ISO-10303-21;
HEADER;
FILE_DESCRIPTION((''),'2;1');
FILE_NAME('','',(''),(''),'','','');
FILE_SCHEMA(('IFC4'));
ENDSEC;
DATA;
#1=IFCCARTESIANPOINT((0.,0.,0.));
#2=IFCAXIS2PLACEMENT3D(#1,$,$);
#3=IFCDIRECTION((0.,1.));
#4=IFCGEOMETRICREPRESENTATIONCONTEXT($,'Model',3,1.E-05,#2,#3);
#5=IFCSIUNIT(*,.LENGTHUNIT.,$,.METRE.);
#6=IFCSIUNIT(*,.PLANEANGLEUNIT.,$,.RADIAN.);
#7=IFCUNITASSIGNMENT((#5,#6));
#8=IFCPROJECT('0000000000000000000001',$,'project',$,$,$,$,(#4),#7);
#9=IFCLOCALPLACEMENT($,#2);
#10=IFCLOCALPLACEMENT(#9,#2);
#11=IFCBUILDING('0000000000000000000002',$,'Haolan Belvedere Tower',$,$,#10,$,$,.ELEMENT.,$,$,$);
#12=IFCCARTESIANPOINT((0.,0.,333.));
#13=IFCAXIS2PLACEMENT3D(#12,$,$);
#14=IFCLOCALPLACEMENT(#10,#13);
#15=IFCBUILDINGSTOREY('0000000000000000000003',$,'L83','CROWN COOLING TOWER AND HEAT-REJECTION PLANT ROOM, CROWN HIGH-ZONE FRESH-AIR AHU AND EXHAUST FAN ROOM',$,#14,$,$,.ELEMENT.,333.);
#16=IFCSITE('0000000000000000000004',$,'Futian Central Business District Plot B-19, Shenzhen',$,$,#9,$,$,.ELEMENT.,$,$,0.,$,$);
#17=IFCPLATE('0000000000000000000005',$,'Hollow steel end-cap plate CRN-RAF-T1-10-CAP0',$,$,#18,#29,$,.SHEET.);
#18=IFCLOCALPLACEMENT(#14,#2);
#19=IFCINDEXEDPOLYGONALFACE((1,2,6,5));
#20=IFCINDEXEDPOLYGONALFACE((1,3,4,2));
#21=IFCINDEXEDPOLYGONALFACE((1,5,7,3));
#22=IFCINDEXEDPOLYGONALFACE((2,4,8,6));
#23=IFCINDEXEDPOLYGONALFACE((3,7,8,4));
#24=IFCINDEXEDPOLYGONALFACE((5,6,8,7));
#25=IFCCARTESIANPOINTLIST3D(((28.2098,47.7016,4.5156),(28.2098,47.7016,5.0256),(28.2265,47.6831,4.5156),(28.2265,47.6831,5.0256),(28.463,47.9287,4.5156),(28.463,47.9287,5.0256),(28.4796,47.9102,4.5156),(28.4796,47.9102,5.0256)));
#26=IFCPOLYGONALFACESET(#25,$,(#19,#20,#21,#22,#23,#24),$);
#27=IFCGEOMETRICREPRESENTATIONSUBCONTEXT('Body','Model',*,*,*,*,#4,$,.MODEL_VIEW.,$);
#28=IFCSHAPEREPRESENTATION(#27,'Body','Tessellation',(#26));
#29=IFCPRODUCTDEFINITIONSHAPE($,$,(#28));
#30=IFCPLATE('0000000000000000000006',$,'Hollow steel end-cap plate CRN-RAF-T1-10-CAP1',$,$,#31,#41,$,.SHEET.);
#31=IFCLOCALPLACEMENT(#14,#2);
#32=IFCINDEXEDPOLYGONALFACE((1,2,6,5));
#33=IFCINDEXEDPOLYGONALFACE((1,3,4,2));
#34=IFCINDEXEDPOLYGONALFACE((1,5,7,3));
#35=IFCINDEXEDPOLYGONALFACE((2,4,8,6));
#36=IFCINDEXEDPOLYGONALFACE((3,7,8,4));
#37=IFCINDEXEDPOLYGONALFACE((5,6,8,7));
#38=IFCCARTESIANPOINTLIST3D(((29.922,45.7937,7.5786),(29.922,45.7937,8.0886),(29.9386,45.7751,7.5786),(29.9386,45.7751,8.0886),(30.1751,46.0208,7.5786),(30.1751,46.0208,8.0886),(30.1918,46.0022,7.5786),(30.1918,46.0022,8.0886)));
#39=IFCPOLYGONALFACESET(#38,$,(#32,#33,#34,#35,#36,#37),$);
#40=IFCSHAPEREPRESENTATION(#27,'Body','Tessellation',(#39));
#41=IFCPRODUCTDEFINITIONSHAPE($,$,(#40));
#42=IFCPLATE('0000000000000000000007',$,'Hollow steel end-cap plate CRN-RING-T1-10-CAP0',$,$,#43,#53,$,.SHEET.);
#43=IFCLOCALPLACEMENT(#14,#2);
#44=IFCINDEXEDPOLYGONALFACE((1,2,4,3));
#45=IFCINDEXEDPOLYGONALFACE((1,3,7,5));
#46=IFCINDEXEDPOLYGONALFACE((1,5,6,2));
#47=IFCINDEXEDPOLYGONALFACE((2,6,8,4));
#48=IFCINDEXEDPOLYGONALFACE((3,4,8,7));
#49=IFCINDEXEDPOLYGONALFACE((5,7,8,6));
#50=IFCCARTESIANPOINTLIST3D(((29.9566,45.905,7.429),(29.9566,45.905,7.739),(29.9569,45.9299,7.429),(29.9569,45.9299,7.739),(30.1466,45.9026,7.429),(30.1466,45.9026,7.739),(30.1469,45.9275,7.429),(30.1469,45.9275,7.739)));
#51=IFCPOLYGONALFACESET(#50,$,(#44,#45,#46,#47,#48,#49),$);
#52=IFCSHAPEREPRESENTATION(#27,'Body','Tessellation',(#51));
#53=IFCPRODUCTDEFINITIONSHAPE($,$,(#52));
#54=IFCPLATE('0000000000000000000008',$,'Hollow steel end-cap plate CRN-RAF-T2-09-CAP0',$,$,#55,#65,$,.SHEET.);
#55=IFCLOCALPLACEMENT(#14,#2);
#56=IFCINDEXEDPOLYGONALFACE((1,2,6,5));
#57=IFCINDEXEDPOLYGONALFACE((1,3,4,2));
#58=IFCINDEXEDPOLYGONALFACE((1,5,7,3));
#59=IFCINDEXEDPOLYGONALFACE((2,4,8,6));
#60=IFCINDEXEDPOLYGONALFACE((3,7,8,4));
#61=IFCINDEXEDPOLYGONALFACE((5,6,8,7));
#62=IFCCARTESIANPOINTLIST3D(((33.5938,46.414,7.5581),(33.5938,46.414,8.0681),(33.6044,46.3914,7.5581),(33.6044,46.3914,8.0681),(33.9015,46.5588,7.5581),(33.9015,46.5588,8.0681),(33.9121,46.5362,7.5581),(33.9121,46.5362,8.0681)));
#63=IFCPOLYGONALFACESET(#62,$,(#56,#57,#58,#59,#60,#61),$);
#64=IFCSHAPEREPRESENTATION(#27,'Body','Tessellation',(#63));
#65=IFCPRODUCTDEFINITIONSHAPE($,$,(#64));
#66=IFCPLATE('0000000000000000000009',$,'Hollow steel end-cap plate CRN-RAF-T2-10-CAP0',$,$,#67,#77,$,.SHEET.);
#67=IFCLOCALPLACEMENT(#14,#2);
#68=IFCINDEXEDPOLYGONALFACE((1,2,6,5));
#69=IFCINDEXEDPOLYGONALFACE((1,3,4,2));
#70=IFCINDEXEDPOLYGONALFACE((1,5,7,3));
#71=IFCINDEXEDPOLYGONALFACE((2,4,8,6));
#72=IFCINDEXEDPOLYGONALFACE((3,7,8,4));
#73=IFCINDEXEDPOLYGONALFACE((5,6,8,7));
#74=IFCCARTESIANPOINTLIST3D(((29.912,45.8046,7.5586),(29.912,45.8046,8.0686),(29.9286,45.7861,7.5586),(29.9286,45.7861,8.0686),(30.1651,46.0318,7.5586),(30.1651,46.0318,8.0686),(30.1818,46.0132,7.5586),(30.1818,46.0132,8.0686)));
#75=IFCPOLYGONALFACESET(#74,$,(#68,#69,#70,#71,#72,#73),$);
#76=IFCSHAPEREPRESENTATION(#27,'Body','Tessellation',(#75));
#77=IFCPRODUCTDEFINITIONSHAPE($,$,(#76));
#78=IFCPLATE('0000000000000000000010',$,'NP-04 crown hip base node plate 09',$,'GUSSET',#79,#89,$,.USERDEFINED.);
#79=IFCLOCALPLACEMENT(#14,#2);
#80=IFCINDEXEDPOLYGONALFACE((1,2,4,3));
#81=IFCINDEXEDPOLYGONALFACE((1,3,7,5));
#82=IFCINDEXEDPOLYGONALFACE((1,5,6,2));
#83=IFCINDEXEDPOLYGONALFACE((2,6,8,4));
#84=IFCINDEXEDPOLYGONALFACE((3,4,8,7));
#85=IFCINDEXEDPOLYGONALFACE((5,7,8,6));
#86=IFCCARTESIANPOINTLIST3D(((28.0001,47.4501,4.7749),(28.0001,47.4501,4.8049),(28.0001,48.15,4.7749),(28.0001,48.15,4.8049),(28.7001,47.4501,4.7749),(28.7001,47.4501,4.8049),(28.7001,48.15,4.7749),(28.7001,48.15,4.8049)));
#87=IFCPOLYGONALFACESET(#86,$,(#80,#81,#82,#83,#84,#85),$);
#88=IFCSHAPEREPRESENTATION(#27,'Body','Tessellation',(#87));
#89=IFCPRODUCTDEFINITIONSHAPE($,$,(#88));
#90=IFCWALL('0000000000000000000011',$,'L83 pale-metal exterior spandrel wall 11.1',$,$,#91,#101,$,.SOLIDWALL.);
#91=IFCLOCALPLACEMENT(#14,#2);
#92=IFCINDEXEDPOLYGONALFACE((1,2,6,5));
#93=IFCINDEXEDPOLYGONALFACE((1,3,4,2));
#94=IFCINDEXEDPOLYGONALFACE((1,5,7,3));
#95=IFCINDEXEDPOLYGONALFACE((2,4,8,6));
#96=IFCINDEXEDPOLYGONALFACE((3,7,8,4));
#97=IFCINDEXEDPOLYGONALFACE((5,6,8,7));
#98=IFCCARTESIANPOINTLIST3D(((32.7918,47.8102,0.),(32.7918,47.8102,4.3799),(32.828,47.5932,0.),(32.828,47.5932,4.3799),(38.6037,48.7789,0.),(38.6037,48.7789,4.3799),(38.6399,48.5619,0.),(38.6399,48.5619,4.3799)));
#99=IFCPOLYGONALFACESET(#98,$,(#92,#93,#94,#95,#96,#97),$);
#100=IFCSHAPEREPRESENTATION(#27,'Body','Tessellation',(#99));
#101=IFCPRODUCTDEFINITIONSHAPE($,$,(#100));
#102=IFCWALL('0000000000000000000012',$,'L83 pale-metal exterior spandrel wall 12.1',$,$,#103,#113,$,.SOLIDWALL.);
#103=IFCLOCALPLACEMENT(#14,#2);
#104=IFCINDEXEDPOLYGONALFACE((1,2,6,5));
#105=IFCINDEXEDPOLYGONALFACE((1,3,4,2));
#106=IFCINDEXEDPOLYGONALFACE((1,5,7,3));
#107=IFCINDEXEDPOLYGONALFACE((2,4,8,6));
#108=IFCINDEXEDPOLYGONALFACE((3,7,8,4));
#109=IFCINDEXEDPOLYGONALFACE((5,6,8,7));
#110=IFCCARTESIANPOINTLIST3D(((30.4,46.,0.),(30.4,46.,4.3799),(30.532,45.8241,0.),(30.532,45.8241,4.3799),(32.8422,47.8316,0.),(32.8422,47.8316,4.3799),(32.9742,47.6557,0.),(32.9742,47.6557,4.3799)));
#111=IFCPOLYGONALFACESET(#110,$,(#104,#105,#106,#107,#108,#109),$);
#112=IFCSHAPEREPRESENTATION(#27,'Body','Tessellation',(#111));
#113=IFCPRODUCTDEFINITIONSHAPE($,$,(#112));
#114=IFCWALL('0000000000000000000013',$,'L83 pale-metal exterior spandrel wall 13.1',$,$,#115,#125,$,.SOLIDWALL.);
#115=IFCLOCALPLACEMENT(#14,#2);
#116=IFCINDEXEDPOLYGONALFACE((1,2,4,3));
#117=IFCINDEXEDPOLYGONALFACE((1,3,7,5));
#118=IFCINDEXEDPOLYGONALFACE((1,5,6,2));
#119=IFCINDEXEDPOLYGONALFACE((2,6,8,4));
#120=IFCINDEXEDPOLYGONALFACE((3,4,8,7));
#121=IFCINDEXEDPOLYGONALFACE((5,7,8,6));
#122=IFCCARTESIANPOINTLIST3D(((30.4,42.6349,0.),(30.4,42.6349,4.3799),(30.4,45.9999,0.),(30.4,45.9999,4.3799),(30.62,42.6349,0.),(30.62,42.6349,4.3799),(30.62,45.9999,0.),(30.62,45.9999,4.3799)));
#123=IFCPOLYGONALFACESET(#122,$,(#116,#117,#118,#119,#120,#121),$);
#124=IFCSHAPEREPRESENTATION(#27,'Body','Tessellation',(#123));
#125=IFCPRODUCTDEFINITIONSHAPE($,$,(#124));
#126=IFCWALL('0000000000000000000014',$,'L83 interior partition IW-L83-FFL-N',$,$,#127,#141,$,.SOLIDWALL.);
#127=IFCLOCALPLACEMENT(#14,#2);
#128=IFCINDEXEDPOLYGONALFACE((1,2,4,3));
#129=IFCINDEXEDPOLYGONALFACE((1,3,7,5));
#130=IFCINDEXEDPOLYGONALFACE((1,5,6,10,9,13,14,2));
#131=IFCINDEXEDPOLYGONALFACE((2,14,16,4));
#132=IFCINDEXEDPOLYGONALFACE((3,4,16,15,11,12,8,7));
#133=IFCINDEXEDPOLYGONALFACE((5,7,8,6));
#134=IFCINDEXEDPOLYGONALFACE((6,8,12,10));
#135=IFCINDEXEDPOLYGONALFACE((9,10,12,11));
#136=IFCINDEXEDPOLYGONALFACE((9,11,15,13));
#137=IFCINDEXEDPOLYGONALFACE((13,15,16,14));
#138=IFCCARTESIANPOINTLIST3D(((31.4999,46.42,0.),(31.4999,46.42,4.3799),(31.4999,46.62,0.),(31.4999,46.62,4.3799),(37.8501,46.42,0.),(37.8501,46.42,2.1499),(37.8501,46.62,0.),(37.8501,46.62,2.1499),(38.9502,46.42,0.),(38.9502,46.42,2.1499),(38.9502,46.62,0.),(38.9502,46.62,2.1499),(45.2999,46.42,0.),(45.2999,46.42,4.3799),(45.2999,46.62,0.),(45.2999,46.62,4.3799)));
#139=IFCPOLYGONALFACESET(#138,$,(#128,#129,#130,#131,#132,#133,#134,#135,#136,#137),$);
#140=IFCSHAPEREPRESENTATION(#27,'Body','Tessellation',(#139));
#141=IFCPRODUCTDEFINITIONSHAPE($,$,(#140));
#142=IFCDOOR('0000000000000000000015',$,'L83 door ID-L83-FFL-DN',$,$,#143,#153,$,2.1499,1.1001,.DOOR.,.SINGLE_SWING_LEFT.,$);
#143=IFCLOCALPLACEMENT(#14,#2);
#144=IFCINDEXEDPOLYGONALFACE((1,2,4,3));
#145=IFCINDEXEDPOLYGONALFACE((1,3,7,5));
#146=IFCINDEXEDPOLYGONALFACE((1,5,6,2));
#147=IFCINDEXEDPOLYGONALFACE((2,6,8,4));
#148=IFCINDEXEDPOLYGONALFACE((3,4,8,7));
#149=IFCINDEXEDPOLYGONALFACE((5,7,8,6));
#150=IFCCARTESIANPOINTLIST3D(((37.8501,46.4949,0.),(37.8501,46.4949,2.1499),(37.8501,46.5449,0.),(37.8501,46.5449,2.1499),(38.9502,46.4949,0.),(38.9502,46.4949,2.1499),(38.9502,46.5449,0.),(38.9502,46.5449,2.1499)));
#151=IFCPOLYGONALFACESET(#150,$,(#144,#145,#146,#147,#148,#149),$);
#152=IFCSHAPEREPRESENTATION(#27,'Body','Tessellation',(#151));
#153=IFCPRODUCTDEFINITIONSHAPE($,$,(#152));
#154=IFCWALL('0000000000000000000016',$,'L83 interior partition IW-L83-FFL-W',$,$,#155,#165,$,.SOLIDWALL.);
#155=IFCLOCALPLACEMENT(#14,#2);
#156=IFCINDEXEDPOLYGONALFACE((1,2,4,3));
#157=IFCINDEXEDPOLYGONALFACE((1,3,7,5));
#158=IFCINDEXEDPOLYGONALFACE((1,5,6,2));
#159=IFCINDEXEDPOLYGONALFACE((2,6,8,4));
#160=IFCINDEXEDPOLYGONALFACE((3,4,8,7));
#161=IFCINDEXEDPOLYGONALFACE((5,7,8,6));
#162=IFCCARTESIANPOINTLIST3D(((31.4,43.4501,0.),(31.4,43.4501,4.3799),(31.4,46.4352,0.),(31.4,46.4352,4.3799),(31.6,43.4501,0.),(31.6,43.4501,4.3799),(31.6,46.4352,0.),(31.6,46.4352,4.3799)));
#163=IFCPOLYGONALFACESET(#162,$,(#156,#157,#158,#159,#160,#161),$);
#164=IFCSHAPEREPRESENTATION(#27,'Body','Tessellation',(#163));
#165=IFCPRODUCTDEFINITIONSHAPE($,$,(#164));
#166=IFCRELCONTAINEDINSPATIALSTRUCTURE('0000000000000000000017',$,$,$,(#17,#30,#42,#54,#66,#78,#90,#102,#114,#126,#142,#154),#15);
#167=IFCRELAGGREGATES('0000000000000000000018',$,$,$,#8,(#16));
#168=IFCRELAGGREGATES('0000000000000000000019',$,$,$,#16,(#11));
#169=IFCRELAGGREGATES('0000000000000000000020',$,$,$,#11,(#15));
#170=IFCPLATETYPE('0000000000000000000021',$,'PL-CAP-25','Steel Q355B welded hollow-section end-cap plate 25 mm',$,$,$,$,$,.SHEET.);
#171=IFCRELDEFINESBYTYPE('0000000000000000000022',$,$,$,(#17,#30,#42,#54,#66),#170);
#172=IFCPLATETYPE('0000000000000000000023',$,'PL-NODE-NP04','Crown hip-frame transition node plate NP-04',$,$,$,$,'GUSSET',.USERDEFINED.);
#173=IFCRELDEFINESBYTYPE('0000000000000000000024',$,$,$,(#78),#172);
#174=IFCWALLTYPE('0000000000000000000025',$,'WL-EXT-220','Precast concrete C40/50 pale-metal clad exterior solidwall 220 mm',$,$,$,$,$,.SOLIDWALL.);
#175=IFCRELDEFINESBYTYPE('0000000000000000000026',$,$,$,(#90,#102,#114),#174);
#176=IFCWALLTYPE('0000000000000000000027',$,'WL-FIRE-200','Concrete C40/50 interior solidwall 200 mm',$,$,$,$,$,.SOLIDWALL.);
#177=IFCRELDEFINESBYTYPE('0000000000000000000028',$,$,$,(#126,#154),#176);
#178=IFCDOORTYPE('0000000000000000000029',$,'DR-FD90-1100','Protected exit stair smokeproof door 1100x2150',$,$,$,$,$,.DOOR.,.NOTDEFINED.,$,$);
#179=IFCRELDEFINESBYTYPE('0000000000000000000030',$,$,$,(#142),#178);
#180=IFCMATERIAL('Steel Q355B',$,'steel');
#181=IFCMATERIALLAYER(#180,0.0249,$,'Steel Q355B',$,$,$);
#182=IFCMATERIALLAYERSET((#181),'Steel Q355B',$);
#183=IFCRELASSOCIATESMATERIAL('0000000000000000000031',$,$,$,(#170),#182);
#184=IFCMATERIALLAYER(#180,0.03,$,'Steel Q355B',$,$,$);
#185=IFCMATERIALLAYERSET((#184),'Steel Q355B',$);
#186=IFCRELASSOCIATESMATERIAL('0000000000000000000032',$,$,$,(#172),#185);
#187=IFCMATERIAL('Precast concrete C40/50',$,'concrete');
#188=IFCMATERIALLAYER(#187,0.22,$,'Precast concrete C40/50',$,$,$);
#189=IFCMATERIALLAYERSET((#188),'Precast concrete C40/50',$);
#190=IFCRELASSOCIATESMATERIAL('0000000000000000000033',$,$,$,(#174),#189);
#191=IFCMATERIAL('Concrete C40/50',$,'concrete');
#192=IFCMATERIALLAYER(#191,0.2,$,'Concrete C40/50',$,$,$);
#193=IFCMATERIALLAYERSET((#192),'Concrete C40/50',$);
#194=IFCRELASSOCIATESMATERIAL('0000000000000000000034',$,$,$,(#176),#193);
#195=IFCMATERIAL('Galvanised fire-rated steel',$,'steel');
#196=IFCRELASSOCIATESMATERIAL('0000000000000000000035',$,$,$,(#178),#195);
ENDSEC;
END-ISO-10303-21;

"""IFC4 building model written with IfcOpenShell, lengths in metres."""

from ifc_helpers import new_model, si_unit, direction, frame, frame_2d, origin, origin_2d, place, context, subcontext, project, spatial, rectangle, extrude, material, layer, layer_set, type_object, element, fill, save


model = new_model("IFC4")

# Units and contexts
model_context = context("Model", 3, precision=1e-05, world=origin(), true_north=direction((0.0, 1.0)))
body_context = subcontext(model_context, "Body", "Model", "MODEL_VIEW")
ifc_project = project(units=[si_unit("LENGTHUNIT", "METRE"), si_unit("PLANEANGLEUNIT", "RADIAN")], contexts=[model_context])

# Site, building, storey
site_placement = place(None, origin())
site = spatial("IfcSite", under=ifc_project, at=site_placement, Name="Futian Central Business District Plot B-19, Shenzhen", CompositionType="ELEMENT", RefElevation=0.0)
building_placement = place(site_placement, origin())
building = spatial("IfcBuilding", under=site, at=building_placement, Name="Haolan Belvedere Tower", CompositionType="ELEMENT")
storey_placement = place(building_placement, frame((0.0, 0.0, 333.0)))
storey = spatial("IfcBuildingStorey", under=building, at=storey_placement, Name="L83", Description="CROWN COOLING TOWER AND HEAT-REJECTION PLANT ROOM, CROWN HIGH-ZONE FRESH-AIR AHU AND EXHAUST FAN ROOM", CompositionType="ELEMENT", Elevation=333.0)

# Shared definitions
ifc_material_1 = material(Name="Steel Q355B", Category="steel")

# Plates
ifc_layer_1 = layer(ifc_material_1, 0.0249, Name="Steel Q355B")
ifc_layer_set_1 = layer_set([ifc_layer_1], Name="Steel Q355B")
plate_type_1 = type_object("IfcPlateType", Name="PL-CAP-25", Description="Steel Q355B welded hollow-section end-cap plate 25 mm", PredefinedType="SHEET", material=ifc_layer_set_1)
for number, where, z_axis, x_axis, name in (
    (1, (28.3447, 47.8059, 4.5156), (0.0, 0.0, 1.0), (-0.744288, -0.667859, 0.0), "Hollow steel end-cap plate CRN-RAF-T1-10-CAP0"),
    (2, (30.0569, 45.8979, 7.5786), (0.0, 0.0, 1.0), (0.744288, 0.667859, 0.0), "Hollow steel end-cap plate CRN-RAF-T1-10-CAP1"),
):
    element("IfcPlate", number, at=place(storey_placement, frame(where, z_axis=z_axis, x_axis=x_axis)), inside=storey, type_object=plate_type_1, Name=name, PredefinedType="SHEET", context=body_context, shape_type="SweptSolid", body=[
        extrude(rectangle(XDim=0.3401, YDim=0.0249, at=origin_2d()), origin(), (0.0, 0.0, 1.0), 0.51),
    ])
plate_1_placement = place(storey_placement, frame((30.0518, 45.9163, 7.429), z_axis=(0.0, 0.0, 1.0), x_axis=(-0.999923, 0.012409, 0.0)))
element("IfcPlate", 3, at=plate_1_placement, inside=storey, type_object=plate_type_1, Name="Hollow steel end-cap plate CRN-RING-T1-10-CAP0", PredefinedType="SHEET", context=body_context, shape_type="SweptSolid", body=[
    extrude(rectangle(XDim=0.1899, YDim=0.0249, at=origin_2d()), origin(), (0.0, 0.0, 1.0), 0.3101),
])
for number, where, z_axis, x_axis, name in (
    (4, (33.7529, 46.4751, 7.5581), (0.0, 0.0, 1.0), (-0.90482, -0.425795, 0.0), "Hollow steel end-cap plate CRN-RAF-T2-09-CAP0"),
    (5, (30.0469, 45.9089, 7.5586), (0.0, 0.0, 1.0), (-0.744288, -0.667859, 0.0), "Hollow steel end-cap plate CRN-RAF-T2-10-CAP0"),
):
    element("IfcPlate", number, at=place(storey_placement, frame(where, z_axis=z_axis, x_axis=x_axis)), inside=storey, type_object=plate_type_1, Name=name, PredefinedType="SHEET", context=body_context, shape_type="SweptSolid", body=[
        extrude(rectangle(XDim=0.3401, YDim=0.0249, at=origin_2d()), origin(), (0.0, 0.0, 1.0), 0.51),
    ])
ifc_layer_2 = layer(ifc_material_1, 0.03, Name="Steel Q355B")
ifc_layer_set_2 = layer_set([ifc_layer_2], Name="Steel Q355B")
plate_type_2 = type_object("IfcPlateType", Name="PL-NODE-NP04", Description="Crown hip-frame transition node plate NP-04", ElementType="GUSSET", PredefinedType="USERDEFINED", material=ifc_layer_set_2)
plate_2_placement = place(storey_placement, frame((28.3501, 47.8, 4.7749), z_axis=(0.0, 0.0, 1.0), x_axis=(1.0, 0.0, 0.0)))
element("IfcPlate", 6, at=plate_2_placement, inside=storey, type_object=plate_type_2, Name="NP-04 crown hip base node plate 09", ObjectType="GUSSET", PredefinedType="USERDEFINED", context=body_context, shape_type="SweptSolid", body=[
    extrude(rectangle(XDim=0.7, YDim=0.7, at=origin_2d()), origin(), (0.0, 0.0, 1.0), 0.03),
])

# Walls
ifc_material_2 = material(Name="Precast concrete C40/50", Category="concrete")
ifc_layer_3 = layer(ifc_material_2, 0.22, Name="Precast concrete C40/50")
ifc_layer_set_3 = layer_set([ifc_layer_3], Name="Precast concrete C40/50")
wall_type_1 = type_object("IfcWallType", Name="WL-EXT-220", Description="Precast concrete C40/50 pale-metal clad exterior solidwall 220 mm", PredefinedType="SOLIDWALL", material=ifc_layer_set_3)
wall_1_placement = place(storey_placement, frame((38.6218, 48.6704, 0.0), z_axis=(0.0, 0.0, 1.0), x_axis=(-0.986392, -0.164412, 0.0)))
element("IfcWall", 7, at=wall_1_placement, inside=storey, type_object=wall_type_1, Name="L83 pale-metal exterior spandrel wall 11.1", PredefinedType="SOLIDWALL", context=body_context, shape_type="SweptSolid", body=[
    extrude(rectangle(XDim=5.8921, YDim=0.22, at=frame_2d((2.946, 0.0))), origin(), (0.0, 0.0, 1.0), 4.3799),
])
wall_2_placement = place(storey_placement, frame((32.9082, 47.7437, 0.0), z_axis=(0.0, 0.0, 1.0), x_axis=(-0.80001, -0.599987, 0.0)))
element("IfcWall", 8, at=wall_2_placement, inside=storey, type_object=wall_type_1, Name="L83 pale-metal exterior spandrel wall 12.1", PredefinedType="SOLIDWALL", context=body_context, shape_type="SweptSolid", body=[
    extrude(rectangle(XDim=3.0527, YDim=0.22, at=frame_2d((1.5264, 0.0))), origin(), (0.0, 0.0, 1.0), 4.3799),
])
wall_3_placement = place(storey_placement, frame((30.51, 46.0, 0.0), z_axis=(0.0, 0.0, 1.0), x_axis=(0.0, -1.0, 0.0)))
element("IfcWall", 9, at=wall_3_placement, inside=storey, type_object=wall_type_1, Name="L83 pale-metal exterior spandrel wall 13.1", PredefinedType="SOLIDWALL", context=body_context, shape_type="SweptSolid", body=[
    extrude(rectangle(XDim=3.365, YDim=0.22, at=frame_2d((1.6826, 0.0))), origin(), (0.0, 0.0, 1.0), 4.3799),
])

# Wall, opening, door
ifc_material_3 = material(Name="Concrete C40/50", Category="concrete")
ifc_layer_4 = layer(ifc_material_3, 0.2, Name="Concrete C40/50")
ifc_layer_set_4 = layer_set([ifc_layer_4], Name="Concrete C40/50")
wall_type_2 = type_object("IfcWallType", Name="WL-FIRE-200", Description="Concrete C40/50 interior solidwall 200 mm", PredefinedType="SOLIDWALL", material=ifc_layer_set_4)
wall_4_placement = place(storey_placement, frame((31.5, 46.52, 0.0), z_axis=(0.0, 0.0, 1.0), x_axis=(1.0, 0.0, 0.0)))
wall_4 = element("IfcWall", 10, at=wall_4_placement, inside=storey, type_object=wall_type_2, Name="L83 interior partition IW-L83-FFL-N", PredefinedType="SOLIDWALL", context=body_context, shape_type="SweptSolid", body=[
    extrude(rectangle(XDim=13.8, YDim=0.2, at=frame_2d((6.8999, 0.0))), origin(), (0.0, 0.0, 1.0), 4.3799),
])
opening_1_placement = place(wall_4_placement, frame((6.3501, 0.0, 0.0)))
opening_1 = element("IfcOpeningElement", 11, at=opening_1_placement, cuts=wall_4, PredefinedType="OPENING", context=body_context, shape_type="SweptSolid", body=[
    extrude(rectangle(XDim=1.1001, YDim=2.1499, at=frame_2d((0.55, 1.075))), frame((0.0, 0.1099, 0.0), z_axis=(0.0, -1.0, 0.0), x_axis=(1.0, 0.0, 0.0)), (0.0, 0.0, 1.0), 0.22),
])
ifc_material_4 = material(Name="Galvanised fire-rated steel", Category="steel")
door_type_1 = type_object("IfcDoorType", Name="DR-FD90-1100", Description="Protected exit stair smokeproof door 1100x2150", OperationType="NOTDEFINED", PredefinedType="DOOR", material=ifc_material_4)
door_1_placement = place(opening_1_placement, origin())
door_1 = element("IfcDoor", 12, at=door_1_placement, inside=storey, type_object=door_type_1, Name="L83 door ID-L83-FFL-DN", OperationType="SINGLE_SWING_LEFT", OverallHeight=2.1499, OverallWidth=1.1001, PredefinedType="DOOR", context=body_context, shape_type="SweptSolid", body=[
    extrude(rectangle(XDim=1.1001, YDim=2.1499, at=frame_2d((0.55, 1.075))), frame((0.0, 0.0249, 0.0), z_axis=(0.0, -1.0, 0.0), x_axis=(1.0, 0.0, 0.0)), (0.0, 0.0, 1.0), 0.05),
])
fill(opening_1, door_1)

# Wall
wall_5_placement = place(storey_placement, frame((31.5, 43.45, 0.0), z_axis=(0.0, 0.0, 1.0), x_axis=(0.0, 1.0, 0.0)))
element("IfcWall", 13, at=wall_5_placement, inside=storey, type_object=wall_type_2, Name="L83 interior partition IW-L83-FFL-W", PredefinedType="SOLIDWALL", context=body_context, shape_type="SweptSolid", body=[
    extrude(rectangle(XDim=2.9851, YDim=0.2, at=frame_2d((1.4927, 0.0))), origin(), (0.0, 0.0, 1.0), 4.3799),
])

save(model, "model.ifc")
